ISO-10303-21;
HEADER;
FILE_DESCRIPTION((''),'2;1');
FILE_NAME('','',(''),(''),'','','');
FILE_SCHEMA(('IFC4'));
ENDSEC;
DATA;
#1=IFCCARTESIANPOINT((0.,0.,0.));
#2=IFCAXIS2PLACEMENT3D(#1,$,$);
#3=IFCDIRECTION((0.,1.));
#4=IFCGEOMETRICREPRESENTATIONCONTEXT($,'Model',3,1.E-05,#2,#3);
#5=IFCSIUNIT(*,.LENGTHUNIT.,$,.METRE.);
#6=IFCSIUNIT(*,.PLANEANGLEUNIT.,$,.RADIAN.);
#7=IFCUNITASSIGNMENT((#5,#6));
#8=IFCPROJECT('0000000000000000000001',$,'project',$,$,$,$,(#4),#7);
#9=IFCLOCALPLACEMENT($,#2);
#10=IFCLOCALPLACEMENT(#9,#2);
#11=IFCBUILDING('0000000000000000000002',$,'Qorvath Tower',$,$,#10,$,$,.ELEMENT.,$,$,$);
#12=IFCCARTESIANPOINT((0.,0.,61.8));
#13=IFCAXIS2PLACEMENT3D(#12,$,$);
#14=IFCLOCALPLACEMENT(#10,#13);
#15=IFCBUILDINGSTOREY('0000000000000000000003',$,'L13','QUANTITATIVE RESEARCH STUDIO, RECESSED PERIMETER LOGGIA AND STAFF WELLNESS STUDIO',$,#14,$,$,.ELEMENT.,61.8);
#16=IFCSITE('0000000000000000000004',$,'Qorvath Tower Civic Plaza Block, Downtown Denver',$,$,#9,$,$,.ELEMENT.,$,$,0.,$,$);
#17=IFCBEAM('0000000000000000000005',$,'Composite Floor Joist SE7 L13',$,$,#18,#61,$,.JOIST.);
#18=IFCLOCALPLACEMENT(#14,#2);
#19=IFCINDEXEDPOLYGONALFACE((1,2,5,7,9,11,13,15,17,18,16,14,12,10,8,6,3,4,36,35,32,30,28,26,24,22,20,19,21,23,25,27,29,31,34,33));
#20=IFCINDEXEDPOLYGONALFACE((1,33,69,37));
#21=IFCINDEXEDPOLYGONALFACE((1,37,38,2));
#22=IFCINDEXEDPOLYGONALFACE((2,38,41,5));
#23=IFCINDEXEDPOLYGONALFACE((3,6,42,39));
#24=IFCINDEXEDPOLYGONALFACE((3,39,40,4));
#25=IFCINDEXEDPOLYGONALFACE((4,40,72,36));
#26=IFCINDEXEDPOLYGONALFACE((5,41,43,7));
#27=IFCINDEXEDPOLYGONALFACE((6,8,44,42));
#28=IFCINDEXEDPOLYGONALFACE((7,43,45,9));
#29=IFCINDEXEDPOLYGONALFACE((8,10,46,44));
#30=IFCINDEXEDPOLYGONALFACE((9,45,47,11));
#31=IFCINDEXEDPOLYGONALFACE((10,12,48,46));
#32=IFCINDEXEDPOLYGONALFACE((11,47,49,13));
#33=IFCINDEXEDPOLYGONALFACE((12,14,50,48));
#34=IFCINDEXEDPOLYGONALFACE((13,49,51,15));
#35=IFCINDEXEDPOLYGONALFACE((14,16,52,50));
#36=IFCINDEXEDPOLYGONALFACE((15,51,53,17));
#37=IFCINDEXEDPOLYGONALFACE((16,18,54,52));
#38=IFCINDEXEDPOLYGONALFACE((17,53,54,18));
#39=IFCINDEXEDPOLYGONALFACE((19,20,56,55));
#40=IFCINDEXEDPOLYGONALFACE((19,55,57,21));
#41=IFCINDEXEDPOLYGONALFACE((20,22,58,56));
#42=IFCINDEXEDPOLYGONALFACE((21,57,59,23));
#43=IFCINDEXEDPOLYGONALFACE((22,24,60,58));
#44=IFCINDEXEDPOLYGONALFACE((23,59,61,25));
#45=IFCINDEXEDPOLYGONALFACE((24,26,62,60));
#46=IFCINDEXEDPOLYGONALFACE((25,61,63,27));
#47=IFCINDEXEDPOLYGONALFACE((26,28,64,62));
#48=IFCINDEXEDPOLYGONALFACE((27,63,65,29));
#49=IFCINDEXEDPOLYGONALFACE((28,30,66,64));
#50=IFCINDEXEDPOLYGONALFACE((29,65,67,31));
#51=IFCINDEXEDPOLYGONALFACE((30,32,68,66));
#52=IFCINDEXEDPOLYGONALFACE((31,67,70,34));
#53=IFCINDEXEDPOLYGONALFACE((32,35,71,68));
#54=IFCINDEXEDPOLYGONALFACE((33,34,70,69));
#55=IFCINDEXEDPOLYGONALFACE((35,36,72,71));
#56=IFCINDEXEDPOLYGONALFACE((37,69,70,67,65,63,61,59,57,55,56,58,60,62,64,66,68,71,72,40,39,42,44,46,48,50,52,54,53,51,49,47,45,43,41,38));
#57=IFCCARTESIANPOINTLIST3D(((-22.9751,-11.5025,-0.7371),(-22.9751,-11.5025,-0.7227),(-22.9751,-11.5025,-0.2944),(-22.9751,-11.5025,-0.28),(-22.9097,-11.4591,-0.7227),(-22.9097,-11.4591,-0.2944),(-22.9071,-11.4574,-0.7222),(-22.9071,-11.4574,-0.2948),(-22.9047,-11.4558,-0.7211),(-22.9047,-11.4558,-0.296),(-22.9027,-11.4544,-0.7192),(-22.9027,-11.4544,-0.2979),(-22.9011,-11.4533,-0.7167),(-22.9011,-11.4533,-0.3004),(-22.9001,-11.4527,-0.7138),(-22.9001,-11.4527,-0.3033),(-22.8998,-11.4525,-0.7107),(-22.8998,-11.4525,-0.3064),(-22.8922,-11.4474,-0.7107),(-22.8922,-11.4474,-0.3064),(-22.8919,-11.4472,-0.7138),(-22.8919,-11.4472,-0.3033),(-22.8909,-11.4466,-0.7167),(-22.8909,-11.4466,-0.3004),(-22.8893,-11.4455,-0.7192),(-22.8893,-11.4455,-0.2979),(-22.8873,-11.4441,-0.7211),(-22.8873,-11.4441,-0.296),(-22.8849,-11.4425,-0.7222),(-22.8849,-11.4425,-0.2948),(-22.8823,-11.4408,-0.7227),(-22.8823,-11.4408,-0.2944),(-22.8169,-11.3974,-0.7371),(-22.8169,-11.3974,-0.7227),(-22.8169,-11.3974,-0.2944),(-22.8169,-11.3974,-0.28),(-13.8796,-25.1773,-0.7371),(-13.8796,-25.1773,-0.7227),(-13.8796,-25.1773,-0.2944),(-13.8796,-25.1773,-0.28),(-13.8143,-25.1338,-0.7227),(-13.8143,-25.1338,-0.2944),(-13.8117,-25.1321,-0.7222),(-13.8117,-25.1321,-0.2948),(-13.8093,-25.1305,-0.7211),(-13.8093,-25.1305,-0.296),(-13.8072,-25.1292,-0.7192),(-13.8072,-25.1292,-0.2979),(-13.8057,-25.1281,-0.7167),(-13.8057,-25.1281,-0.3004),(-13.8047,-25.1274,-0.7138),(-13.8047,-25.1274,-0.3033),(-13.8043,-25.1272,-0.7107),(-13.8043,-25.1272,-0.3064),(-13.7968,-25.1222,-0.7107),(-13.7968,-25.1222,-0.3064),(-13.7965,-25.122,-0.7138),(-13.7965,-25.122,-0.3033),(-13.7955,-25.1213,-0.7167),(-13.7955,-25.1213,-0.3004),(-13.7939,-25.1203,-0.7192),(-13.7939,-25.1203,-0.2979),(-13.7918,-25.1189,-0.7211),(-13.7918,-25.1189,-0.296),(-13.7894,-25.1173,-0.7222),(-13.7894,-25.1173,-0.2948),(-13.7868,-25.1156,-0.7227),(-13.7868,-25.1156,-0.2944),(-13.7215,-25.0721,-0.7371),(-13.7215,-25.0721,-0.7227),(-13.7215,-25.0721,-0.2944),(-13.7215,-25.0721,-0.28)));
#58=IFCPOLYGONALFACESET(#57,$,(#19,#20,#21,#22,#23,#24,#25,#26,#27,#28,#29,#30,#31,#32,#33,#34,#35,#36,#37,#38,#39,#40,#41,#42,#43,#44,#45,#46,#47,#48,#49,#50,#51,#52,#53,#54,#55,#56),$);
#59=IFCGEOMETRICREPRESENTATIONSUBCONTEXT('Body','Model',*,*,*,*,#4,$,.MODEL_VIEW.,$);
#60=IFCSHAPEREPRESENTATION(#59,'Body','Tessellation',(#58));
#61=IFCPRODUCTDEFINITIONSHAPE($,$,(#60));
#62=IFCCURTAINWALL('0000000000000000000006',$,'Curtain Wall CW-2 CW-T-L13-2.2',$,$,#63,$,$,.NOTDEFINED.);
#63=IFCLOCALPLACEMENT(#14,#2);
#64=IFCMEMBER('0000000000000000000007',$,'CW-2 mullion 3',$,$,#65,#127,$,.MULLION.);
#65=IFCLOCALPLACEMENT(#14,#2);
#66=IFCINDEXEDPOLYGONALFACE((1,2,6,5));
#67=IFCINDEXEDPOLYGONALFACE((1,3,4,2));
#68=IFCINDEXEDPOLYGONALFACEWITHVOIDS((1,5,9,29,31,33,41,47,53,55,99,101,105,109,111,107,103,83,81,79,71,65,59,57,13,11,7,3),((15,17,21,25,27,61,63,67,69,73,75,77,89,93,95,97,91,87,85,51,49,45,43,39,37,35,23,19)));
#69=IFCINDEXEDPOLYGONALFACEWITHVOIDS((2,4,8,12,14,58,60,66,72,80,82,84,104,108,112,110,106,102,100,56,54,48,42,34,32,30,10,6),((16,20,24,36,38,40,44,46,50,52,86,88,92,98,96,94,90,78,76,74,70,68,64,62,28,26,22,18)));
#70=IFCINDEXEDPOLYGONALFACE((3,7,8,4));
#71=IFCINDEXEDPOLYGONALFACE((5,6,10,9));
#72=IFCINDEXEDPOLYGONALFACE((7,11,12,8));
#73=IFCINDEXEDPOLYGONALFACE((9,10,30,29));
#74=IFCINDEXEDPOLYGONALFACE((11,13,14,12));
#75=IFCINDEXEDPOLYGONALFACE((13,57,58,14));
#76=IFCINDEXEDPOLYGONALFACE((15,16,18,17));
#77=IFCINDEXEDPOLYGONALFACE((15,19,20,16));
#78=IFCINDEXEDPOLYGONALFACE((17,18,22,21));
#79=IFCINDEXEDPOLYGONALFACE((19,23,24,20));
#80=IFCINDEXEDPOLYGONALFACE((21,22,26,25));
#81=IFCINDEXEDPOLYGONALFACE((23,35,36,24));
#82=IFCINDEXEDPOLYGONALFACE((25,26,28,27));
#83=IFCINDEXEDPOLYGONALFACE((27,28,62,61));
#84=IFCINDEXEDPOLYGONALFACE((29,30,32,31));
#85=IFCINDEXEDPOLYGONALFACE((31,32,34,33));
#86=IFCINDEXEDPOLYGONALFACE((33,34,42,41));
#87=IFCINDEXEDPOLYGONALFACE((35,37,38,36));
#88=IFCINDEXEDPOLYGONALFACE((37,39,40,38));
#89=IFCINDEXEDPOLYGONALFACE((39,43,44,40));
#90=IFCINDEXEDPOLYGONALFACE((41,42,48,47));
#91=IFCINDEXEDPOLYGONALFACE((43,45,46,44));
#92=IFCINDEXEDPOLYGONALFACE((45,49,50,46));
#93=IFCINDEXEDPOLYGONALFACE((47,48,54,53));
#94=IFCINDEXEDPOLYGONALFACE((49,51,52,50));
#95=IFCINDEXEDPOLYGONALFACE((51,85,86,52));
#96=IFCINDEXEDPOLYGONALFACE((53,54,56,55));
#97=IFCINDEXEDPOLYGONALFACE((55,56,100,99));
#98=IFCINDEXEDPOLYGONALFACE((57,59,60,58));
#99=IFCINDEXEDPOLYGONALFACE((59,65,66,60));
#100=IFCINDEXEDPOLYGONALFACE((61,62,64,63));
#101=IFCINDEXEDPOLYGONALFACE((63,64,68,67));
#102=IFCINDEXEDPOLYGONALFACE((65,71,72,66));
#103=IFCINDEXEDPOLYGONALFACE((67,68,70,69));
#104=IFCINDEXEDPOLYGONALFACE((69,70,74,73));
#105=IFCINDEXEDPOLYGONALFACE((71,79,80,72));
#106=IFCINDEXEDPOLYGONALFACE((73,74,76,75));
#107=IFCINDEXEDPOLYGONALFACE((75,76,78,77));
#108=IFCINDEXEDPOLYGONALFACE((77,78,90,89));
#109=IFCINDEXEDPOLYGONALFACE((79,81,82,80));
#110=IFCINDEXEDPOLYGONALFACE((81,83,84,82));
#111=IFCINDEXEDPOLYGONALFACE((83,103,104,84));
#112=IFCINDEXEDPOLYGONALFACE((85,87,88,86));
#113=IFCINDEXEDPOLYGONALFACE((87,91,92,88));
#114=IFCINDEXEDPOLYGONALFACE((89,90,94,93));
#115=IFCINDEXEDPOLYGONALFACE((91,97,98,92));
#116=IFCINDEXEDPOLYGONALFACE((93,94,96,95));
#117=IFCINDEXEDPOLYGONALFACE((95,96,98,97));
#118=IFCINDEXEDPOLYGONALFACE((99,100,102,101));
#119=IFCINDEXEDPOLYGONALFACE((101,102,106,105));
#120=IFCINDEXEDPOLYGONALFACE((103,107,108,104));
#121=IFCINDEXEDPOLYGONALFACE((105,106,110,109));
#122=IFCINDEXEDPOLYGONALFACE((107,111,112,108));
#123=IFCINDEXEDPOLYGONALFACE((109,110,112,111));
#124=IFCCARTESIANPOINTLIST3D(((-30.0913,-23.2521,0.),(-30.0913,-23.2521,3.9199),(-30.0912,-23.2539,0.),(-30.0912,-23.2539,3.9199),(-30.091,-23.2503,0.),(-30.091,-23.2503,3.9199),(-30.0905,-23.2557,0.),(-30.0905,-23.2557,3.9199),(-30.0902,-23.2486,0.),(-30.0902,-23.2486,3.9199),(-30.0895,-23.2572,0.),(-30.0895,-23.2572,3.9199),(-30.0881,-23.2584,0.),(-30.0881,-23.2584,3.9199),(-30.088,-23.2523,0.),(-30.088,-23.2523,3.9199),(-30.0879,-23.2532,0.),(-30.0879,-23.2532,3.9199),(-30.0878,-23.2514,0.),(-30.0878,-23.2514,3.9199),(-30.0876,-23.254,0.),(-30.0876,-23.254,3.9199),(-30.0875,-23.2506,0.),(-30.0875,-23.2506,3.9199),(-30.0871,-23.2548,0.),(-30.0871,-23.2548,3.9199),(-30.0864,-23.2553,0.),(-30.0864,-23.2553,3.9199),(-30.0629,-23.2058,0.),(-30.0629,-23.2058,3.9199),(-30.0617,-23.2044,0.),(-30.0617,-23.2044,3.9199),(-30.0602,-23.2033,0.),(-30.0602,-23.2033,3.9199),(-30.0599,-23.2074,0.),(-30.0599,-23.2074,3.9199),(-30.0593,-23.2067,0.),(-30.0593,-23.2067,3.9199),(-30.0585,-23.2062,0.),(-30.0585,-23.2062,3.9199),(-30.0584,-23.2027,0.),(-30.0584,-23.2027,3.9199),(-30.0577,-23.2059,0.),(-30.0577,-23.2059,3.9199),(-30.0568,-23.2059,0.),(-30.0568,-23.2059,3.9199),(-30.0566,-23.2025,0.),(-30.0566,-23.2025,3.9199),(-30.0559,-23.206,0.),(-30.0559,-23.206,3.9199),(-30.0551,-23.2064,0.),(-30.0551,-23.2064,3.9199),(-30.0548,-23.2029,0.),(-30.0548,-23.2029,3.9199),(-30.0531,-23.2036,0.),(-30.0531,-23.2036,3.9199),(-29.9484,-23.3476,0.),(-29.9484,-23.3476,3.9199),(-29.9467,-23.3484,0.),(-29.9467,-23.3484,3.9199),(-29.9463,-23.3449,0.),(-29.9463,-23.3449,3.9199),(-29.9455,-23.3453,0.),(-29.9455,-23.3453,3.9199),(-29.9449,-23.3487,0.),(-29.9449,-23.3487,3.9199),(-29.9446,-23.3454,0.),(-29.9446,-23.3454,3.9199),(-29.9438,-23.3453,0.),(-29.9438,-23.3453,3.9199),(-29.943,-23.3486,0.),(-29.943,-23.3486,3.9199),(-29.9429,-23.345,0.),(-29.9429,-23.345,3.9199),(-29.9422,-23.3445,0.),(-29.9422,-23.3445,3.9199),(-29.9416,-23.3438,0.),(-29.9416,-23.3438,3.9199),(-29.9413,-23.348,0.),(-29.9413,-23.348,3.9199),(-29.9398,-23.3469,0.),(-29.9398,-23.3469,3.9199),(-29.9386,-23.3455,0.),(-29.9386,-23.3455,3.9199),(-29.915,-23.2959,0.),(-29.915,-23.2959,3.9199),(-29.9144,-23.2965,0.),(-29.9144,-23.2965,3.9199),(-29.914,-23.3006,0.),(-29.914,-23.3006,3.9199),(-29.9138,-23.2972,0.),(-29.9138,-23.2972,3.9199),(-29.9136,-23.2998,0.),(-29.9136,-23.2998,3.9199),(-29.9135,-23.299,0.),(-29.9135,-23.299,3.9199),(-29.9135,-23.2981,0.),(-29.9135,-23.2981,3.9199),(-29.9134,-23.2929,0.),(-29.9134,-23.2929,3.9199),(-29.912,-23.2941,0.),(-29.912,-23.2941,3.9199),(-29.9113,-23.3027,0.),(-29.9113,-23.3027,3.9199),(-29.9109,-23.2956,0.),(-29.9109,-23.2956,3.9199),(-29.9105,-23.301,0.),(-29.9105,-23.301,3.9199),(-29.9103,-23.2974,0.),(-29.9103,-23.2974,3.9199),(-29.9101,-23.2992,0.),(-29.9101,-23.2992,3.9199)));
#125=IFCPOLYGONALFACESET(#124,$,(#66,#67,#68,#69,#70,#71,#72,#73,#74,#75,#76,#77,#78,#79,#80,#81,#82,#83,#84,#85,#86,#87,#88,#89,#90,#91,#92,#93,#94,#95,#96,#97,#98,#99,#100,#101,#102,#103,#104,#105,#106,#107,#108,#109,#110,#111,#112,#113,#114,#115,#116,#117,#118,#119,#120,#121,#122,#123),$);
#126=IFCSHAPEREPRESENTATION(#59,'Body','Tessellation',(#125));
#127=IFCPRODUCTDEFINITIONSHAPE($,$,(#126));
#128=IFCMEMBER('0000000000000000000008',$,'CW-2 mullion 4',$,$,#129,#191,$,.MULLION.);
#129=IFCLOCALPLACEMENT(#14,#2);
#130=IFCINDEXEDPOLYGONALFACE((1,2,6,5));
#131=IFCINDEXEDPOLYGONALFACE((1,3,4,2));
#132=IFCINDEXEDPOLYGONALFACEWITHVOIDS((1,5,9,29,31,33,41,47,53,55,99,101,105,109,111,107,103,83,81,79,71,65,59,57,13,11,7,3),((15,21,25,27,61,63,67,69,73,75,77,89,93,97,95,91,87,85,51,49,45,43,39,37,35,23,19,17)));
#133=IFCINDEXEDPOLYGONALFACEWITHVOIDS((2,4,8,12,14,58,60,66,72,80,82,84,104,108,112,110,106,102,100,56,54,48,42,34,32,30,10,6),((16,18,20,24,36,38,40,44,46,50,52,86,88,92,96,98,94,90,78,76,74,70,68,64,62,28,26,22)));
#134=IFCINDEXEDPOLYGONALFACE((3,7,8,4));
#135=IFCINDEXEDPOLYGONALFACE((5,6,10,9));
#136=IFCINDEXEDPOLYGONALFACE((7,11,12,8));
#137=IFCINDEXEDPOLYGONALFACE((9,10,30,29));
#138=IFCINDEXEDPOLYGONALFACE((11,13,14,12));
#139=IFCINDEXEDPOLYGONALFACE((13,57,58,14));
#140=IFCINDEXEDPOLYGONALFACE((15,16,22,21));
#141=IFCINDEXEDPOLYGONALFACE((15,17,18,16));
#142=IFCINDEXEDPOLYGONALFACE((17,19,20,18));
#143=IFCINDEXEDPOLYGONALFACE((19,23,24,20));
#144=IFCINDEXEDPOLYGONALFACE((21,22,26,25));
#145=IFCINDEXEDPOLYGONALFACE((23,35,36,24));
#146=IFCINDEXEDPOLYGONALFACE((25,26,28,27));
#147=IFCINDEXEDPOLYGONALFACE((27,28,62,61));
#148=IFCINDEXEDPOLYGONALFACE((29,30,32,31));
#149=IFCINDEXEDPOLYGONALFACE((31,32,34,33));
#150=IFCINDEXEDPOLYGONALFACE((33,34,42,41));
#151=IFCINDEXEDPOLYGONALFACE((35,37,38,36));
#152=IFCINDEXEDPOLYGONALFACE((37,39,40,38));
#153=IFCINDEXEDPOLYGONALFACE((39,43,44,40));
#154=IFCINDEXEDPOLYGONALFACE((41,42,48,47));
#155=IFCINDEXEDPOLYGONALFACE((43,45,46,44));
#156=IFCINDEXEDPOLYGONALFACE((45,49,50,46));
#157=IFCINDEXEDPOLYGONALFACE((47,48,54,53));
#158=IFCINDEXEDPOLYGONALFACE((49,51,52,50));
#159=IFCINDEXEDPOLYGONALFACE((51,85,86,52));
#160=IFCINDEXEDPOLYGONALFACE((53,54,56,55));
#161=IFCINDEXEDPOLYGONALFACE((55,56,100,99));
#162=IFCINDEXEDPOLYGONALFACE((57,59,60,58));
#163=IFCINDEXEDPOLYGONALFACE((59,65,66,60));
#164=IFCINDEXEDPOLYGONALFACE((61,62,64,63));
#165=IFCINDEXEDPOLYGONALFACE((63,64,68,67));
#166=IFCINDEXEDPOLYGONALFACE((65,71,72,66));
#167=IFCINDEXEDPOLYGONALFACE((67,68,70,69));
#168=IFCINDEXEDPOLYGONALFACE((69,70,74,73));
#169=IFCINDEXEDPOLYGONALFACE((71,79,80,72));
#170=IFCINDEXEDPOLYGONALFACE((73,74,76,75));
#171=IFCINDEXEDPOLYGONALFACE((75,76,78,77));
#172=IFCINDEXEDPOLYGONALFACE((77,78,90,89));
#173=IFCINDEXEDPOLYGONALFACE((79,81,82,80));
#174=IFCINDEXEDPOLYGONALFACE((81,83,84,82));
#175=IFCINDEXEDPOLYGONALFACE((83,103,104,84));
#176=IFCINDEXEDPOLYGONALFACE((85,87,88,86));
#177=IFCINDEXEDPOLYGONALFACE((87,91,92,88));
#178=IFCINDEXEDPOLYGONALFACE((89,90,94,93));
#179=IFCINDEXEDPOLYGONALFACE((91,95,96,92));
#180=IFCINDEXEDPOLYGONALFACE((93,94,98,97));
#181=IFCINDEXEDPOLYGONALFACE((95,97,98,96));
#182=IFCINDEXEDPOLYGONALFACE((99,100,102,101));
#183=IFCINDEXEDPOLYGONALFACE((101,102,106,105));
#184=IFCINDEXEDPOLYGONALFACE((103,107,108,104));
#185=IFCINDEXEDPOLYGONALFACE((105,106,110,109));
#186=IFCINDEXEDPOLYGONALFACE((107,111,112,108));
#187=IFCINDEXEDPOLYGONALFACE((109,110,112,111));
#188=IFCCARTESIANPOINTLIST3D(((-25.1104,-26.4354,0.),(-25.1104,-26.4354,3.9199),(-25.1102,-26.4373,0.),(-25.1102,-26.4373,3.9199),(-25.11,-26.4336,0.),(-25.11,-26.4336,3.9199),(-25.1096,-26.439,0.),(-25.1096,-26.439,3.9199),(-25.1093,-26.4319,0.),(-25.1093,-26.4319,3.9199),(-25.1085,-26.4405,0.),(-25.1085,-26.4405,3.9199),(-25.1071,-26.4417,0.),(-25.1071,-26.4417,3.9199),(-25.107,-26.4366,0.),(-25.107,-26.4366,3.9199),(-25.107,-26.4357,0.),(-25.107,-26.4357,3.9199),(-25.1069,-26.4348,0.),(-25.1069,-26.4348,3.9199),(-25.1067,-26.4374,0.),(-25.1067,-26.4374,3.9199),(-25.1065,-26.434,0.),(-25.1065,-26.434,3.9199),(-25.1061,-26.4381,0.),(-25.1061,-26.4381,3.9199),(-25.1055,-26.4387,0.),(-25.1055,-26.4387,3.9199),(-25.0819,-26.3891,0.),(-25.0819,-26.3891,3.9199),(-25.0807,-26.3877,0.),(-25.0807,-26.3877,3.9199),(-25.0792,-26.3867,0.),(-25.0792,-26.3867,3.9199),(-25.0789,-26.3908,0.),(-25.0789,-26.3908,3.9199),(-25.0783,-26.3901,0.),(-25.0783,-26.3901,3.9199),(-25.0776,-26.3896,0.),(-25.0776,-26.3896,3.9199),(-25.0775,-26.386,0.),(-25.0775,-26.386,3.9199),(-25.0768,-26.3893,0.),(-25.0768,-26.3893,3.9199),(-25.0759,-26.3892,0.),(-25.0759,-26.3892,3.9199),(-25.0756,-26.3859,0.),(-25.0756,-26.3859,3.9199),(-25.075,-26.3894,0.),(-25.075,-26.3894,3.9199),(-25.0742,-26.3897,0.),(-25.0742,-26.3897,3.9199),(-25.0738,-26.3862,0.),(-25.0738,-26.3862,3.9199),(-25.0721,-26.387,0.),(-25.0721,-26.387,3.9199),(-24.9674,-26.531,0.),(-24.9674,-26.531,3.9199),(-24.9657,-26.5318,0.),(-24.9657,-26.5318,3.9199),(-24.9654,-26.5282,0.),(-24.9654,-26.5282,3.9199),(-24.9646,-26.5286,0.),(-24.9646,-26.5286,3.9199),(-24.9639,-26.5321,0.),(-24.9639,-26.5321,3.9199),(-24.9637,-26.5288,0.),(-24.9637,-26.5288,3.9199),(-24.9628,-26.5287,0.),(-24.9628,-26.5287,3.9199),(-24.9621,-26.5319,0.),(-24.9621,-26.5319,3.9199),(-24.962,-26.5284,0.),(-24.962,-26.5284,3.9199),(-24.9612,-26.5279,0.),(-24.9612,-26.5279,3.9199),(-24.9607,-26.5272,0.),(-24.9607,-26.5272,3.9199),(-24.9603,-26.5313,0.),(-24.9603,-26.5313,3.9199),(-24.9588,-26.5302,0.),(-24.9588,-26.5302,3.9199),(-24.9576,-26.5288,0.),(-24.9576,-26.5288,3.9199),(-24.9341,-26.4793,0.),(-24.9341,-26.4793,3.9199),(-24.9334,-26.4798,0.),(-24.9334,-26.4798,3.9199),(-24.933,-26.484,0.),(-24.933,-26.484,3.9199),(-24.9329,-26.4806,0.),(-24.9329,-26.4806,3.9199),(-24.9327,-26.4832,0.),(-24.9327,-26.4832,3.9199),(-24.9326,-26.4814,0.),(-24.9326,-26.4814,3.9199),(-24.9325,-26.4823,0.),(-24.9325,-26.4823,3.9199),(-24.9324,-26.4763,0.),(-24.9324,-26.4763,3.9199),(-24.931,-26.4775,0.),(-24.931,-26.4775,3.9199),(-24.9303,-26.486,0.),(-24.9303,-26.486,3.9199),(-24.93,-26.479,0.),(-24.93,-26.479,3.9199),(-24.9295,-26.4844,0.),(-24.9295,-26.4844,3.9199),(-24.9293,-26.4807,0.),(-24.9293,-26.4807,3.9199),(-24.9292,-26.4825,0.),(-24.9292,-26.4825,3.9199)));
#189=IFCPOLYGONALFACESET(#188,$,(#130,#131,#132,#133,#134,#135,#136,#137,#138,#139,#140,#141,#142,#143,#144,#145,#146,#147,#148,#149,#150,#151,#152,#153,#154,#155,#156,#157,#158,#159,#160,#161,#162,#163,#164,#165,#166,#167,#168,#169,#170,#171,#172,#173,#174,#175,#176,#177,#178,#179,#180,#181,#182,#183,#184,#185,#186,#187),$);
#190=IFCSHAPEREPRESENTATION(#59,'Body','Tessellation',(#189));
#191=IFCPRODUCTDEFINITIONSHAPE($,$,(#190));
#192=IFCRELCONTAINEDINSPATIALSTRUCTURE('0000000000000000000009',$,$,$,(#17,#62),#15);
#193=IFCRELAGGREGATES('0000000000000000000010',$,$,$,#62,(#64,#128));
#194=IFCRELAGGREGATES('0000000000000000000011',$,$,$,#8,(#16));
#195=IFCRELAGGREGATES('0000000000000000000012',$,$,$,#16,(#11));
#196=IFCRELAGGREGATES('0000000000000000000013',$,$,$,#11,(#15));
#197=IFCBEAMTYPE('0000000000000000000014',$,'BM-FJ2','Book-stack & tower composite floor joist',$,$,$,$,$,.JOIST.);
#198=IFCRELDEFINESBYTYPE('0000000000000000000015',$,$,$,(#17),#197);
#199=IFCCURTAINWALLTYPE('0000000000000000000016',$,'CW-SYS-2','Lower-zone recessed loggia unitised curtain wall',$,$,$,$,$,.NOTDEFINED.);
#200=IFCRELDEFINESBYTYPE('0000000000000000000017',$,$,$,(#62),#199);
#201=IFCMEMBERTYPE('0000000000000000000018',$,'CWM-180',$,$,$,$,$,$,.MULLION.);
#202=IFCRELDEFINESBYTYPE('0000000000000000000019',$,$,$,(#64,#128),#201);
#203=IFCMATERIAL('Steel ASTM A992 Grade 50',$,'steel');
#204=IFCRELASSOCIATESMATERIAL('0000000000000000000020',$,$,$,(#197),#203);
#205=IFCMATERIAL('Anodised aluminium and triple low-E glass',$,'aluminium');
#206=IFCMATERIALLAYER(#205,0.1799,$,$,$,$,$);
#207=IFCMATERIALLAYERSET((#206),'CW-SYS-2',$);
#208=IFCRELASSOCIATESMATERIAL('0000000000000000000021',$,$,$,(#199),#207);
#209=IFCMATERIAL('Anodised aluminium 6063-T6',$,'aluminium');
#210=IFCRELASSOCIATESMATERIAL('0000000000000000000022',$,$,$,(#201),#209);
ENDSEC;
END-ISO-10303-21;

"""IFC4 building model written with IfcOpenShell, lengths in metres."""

from ifc_helpers import new_model, si_unit, direction, frame, origin, origin_2d, place, context, subcontext, project, spatial, hollow_rectangle, i_section, extrude, material, layer, layer_set, material_profile, profile_set, type_object, element, aggregate, save


model = new_model("IFC4")

# Units and contexts
model_context = context("Model", 3, precision=1e-05, world=origin(), true_north=direction((0.0, 1.0)))
body_context = subcontext(model_context, "Body", "Model", "MODEL_VIEW")
ifc_project = project(units=[si_unit("LENGTHUNIT", "METRE"), si_unit("PLANEANGLEUNIT", "RADIAN")], contexts=[model_context])

# Site, building, storey
site_placement = place(None, origin())
site = spatial("IfcSite", under=ifc_project, at=site_placement, Name="Qorvath Tower Civic Plaza Block, Downtown Denver", CompositionType="ELEMENT", RefElevation=0.0)
building_placement = place(site_placement, origin())
building = spatial("IfcBuilding", under=site, at=building_placement, Name="Qorvath Tower", CompositionType="ELEMENT")
storey_placement = place(building_placement, frame((0.0, 0.0, 61.8)))
storey = spatial("IfcBuildingStorey", under=building, at=storey_placement, Name="L13", Description="QUANTITATIVE RESEARCH STUDIO, RECESSED PERIMETER LOGGIA AND STAFF WELLNESS STUDIO", CompositionType="ELEMENT", Elevation=61.8)

# Beam
ifc_material_1 = material(Name="Steel ASTM A992 Grade 50", Category="steel")
ifc_material_profile_1 = material_profile(ifc_material_1, i_section(OverallWidth=0.1899, OverallDepth=0.457, WebThickness=0.009, FlangeThickness=0.0144, FilletRadius=0.012, at=origin_2d()), Name="W18x50")
ifc_profile_set_1 = profile_set([ifc_material_profile_1], Name="Steel ASTM A992 Grade 50")
beam_type_1 = type_object("IfcBeamType", Name="BM-FJ2", Description="Book-stack & tower composite floor joist", PredefinedType="JOIST", material=ifc_profile_set_1)
beam_1_placement = place(storey_placement, frame((-22.896, -11.45, -0.5085), z_axis=(0.553811, -0.832642, 0.0), x_axis=(0.832642, 0.553811, 0.0)))
element("IfcBeam", 1, at=beam_1_placement, inside=storey, type_object=beam_type_1, Name="Composite Floor Joist SE7 L13", PredefinedType="JOIST", context=body_context, shape_type="SweptSolid", body=[
    extrude(i_section(OverallWidth=0.1899, OverallDepth=0.457, WebThickness=0.009, FlangeThickness=0.0144, FilletRadius=0.012, at=origin_2d()), origin(), (0.0, 0.0, 1.0), 16.4233),
])

# Curtain wall, members
ifc_material_2 = material(Name="Anodised aluminium and triple low-E glass", Category="aluminium")
ifc_layer_1 = layer(ifc_material_2, 0.1799)
ifc_layer_set_1 = layer_set([ifc_layer_1], Name="CW-SYS-2")
curtain_wall_type = type_object("IfcCurtainWallType", Name="CW-SYS-2", Description="Lower-zone recessed loggia unitised curtain wall", PredefinedType="NOTDEFINED", material=ifc_layer_set_1)
curtain_wall_placement = place(storey_placement, origin())
curtain_wall = element("IfcCurtainWall", 2, at=curtain_wall_placement, inside=storey, type_object=curtain_wall_type, Name="Curtain Wall CW-2 CW-T-L13-2.2", PredefinedType="NOTDEFINED")
ifc_material_3 = material(Name="Anodised aluminium 6063-T6", Category="aluminium")
ifc_material_profile_2 = material_profile(ifc_material_3, hollow_rectangle(XDim=0.0649, YDim=0.1799, WallThickness=0.0034, InnerFilletRadius=0.0034, OuterFilletRadius=0.0071, at=origin_2d()), Name="CWM 180x65")
ifc_profile_set_2 = profile_set([ifc_material_profile_2], Name="Anodised aluminium 6063-T6")
member_type_1 = type_object("IfcMemberType", Name="CWM-180", PredefinedType="MULLION", material=ifc_profile_set_2)
member_1_placement = place(storey_placement, frame((-30.0007, -23.2756, 0.0), z_axis=(0.0, 0.0, 1.0), x_axis=(0.538536, 0.842602, 0.0)))
member_1 = element("IfcMember", 3, at=member_1_placement, type_object=member_type_1, Name="CW-2 mullion 3", PredefinedType="MULLION", context=body_context, shape_type="SweptSolid", body=[
    extrude(hollow_rectangle(XDim=0.0649, YDim=0.1799, WallThickness=0.0034, InnerFilletRadius=0.0034, OuterFilletRadius=0.0071, at=origin_2d()), origin(), (0.0, 0.0, 1.0), 3.9199),
])
member_2_placement = place(storey_placement, frame((-25.0198, -26.459, 0.0), z_axis=(0.0, 0.0, 1.0), x_axis=(0.538536, 0.842602, 0.0)))
member_2 = element("IfcMember", 4, at=member_2_placement, type_object=member_type_1, Name="CW-2 mullion 4", PredefinedType="MULLION", context=body_context, shape_type="SweptSolid", body=[
    extrude(hollow_rectangle(XDim=0.0649, YDim=0.1799, WallThickness=0.0034, InnerFilletRadius=0.0034, OuterFilletRadius=0.0071, at=origin_2d()), origin(), (0.0, 0.0, 1.0), 3.9199),
])
aggregate(curtain_wall, [member_1, member_2])

save(model, "model.ifc")
